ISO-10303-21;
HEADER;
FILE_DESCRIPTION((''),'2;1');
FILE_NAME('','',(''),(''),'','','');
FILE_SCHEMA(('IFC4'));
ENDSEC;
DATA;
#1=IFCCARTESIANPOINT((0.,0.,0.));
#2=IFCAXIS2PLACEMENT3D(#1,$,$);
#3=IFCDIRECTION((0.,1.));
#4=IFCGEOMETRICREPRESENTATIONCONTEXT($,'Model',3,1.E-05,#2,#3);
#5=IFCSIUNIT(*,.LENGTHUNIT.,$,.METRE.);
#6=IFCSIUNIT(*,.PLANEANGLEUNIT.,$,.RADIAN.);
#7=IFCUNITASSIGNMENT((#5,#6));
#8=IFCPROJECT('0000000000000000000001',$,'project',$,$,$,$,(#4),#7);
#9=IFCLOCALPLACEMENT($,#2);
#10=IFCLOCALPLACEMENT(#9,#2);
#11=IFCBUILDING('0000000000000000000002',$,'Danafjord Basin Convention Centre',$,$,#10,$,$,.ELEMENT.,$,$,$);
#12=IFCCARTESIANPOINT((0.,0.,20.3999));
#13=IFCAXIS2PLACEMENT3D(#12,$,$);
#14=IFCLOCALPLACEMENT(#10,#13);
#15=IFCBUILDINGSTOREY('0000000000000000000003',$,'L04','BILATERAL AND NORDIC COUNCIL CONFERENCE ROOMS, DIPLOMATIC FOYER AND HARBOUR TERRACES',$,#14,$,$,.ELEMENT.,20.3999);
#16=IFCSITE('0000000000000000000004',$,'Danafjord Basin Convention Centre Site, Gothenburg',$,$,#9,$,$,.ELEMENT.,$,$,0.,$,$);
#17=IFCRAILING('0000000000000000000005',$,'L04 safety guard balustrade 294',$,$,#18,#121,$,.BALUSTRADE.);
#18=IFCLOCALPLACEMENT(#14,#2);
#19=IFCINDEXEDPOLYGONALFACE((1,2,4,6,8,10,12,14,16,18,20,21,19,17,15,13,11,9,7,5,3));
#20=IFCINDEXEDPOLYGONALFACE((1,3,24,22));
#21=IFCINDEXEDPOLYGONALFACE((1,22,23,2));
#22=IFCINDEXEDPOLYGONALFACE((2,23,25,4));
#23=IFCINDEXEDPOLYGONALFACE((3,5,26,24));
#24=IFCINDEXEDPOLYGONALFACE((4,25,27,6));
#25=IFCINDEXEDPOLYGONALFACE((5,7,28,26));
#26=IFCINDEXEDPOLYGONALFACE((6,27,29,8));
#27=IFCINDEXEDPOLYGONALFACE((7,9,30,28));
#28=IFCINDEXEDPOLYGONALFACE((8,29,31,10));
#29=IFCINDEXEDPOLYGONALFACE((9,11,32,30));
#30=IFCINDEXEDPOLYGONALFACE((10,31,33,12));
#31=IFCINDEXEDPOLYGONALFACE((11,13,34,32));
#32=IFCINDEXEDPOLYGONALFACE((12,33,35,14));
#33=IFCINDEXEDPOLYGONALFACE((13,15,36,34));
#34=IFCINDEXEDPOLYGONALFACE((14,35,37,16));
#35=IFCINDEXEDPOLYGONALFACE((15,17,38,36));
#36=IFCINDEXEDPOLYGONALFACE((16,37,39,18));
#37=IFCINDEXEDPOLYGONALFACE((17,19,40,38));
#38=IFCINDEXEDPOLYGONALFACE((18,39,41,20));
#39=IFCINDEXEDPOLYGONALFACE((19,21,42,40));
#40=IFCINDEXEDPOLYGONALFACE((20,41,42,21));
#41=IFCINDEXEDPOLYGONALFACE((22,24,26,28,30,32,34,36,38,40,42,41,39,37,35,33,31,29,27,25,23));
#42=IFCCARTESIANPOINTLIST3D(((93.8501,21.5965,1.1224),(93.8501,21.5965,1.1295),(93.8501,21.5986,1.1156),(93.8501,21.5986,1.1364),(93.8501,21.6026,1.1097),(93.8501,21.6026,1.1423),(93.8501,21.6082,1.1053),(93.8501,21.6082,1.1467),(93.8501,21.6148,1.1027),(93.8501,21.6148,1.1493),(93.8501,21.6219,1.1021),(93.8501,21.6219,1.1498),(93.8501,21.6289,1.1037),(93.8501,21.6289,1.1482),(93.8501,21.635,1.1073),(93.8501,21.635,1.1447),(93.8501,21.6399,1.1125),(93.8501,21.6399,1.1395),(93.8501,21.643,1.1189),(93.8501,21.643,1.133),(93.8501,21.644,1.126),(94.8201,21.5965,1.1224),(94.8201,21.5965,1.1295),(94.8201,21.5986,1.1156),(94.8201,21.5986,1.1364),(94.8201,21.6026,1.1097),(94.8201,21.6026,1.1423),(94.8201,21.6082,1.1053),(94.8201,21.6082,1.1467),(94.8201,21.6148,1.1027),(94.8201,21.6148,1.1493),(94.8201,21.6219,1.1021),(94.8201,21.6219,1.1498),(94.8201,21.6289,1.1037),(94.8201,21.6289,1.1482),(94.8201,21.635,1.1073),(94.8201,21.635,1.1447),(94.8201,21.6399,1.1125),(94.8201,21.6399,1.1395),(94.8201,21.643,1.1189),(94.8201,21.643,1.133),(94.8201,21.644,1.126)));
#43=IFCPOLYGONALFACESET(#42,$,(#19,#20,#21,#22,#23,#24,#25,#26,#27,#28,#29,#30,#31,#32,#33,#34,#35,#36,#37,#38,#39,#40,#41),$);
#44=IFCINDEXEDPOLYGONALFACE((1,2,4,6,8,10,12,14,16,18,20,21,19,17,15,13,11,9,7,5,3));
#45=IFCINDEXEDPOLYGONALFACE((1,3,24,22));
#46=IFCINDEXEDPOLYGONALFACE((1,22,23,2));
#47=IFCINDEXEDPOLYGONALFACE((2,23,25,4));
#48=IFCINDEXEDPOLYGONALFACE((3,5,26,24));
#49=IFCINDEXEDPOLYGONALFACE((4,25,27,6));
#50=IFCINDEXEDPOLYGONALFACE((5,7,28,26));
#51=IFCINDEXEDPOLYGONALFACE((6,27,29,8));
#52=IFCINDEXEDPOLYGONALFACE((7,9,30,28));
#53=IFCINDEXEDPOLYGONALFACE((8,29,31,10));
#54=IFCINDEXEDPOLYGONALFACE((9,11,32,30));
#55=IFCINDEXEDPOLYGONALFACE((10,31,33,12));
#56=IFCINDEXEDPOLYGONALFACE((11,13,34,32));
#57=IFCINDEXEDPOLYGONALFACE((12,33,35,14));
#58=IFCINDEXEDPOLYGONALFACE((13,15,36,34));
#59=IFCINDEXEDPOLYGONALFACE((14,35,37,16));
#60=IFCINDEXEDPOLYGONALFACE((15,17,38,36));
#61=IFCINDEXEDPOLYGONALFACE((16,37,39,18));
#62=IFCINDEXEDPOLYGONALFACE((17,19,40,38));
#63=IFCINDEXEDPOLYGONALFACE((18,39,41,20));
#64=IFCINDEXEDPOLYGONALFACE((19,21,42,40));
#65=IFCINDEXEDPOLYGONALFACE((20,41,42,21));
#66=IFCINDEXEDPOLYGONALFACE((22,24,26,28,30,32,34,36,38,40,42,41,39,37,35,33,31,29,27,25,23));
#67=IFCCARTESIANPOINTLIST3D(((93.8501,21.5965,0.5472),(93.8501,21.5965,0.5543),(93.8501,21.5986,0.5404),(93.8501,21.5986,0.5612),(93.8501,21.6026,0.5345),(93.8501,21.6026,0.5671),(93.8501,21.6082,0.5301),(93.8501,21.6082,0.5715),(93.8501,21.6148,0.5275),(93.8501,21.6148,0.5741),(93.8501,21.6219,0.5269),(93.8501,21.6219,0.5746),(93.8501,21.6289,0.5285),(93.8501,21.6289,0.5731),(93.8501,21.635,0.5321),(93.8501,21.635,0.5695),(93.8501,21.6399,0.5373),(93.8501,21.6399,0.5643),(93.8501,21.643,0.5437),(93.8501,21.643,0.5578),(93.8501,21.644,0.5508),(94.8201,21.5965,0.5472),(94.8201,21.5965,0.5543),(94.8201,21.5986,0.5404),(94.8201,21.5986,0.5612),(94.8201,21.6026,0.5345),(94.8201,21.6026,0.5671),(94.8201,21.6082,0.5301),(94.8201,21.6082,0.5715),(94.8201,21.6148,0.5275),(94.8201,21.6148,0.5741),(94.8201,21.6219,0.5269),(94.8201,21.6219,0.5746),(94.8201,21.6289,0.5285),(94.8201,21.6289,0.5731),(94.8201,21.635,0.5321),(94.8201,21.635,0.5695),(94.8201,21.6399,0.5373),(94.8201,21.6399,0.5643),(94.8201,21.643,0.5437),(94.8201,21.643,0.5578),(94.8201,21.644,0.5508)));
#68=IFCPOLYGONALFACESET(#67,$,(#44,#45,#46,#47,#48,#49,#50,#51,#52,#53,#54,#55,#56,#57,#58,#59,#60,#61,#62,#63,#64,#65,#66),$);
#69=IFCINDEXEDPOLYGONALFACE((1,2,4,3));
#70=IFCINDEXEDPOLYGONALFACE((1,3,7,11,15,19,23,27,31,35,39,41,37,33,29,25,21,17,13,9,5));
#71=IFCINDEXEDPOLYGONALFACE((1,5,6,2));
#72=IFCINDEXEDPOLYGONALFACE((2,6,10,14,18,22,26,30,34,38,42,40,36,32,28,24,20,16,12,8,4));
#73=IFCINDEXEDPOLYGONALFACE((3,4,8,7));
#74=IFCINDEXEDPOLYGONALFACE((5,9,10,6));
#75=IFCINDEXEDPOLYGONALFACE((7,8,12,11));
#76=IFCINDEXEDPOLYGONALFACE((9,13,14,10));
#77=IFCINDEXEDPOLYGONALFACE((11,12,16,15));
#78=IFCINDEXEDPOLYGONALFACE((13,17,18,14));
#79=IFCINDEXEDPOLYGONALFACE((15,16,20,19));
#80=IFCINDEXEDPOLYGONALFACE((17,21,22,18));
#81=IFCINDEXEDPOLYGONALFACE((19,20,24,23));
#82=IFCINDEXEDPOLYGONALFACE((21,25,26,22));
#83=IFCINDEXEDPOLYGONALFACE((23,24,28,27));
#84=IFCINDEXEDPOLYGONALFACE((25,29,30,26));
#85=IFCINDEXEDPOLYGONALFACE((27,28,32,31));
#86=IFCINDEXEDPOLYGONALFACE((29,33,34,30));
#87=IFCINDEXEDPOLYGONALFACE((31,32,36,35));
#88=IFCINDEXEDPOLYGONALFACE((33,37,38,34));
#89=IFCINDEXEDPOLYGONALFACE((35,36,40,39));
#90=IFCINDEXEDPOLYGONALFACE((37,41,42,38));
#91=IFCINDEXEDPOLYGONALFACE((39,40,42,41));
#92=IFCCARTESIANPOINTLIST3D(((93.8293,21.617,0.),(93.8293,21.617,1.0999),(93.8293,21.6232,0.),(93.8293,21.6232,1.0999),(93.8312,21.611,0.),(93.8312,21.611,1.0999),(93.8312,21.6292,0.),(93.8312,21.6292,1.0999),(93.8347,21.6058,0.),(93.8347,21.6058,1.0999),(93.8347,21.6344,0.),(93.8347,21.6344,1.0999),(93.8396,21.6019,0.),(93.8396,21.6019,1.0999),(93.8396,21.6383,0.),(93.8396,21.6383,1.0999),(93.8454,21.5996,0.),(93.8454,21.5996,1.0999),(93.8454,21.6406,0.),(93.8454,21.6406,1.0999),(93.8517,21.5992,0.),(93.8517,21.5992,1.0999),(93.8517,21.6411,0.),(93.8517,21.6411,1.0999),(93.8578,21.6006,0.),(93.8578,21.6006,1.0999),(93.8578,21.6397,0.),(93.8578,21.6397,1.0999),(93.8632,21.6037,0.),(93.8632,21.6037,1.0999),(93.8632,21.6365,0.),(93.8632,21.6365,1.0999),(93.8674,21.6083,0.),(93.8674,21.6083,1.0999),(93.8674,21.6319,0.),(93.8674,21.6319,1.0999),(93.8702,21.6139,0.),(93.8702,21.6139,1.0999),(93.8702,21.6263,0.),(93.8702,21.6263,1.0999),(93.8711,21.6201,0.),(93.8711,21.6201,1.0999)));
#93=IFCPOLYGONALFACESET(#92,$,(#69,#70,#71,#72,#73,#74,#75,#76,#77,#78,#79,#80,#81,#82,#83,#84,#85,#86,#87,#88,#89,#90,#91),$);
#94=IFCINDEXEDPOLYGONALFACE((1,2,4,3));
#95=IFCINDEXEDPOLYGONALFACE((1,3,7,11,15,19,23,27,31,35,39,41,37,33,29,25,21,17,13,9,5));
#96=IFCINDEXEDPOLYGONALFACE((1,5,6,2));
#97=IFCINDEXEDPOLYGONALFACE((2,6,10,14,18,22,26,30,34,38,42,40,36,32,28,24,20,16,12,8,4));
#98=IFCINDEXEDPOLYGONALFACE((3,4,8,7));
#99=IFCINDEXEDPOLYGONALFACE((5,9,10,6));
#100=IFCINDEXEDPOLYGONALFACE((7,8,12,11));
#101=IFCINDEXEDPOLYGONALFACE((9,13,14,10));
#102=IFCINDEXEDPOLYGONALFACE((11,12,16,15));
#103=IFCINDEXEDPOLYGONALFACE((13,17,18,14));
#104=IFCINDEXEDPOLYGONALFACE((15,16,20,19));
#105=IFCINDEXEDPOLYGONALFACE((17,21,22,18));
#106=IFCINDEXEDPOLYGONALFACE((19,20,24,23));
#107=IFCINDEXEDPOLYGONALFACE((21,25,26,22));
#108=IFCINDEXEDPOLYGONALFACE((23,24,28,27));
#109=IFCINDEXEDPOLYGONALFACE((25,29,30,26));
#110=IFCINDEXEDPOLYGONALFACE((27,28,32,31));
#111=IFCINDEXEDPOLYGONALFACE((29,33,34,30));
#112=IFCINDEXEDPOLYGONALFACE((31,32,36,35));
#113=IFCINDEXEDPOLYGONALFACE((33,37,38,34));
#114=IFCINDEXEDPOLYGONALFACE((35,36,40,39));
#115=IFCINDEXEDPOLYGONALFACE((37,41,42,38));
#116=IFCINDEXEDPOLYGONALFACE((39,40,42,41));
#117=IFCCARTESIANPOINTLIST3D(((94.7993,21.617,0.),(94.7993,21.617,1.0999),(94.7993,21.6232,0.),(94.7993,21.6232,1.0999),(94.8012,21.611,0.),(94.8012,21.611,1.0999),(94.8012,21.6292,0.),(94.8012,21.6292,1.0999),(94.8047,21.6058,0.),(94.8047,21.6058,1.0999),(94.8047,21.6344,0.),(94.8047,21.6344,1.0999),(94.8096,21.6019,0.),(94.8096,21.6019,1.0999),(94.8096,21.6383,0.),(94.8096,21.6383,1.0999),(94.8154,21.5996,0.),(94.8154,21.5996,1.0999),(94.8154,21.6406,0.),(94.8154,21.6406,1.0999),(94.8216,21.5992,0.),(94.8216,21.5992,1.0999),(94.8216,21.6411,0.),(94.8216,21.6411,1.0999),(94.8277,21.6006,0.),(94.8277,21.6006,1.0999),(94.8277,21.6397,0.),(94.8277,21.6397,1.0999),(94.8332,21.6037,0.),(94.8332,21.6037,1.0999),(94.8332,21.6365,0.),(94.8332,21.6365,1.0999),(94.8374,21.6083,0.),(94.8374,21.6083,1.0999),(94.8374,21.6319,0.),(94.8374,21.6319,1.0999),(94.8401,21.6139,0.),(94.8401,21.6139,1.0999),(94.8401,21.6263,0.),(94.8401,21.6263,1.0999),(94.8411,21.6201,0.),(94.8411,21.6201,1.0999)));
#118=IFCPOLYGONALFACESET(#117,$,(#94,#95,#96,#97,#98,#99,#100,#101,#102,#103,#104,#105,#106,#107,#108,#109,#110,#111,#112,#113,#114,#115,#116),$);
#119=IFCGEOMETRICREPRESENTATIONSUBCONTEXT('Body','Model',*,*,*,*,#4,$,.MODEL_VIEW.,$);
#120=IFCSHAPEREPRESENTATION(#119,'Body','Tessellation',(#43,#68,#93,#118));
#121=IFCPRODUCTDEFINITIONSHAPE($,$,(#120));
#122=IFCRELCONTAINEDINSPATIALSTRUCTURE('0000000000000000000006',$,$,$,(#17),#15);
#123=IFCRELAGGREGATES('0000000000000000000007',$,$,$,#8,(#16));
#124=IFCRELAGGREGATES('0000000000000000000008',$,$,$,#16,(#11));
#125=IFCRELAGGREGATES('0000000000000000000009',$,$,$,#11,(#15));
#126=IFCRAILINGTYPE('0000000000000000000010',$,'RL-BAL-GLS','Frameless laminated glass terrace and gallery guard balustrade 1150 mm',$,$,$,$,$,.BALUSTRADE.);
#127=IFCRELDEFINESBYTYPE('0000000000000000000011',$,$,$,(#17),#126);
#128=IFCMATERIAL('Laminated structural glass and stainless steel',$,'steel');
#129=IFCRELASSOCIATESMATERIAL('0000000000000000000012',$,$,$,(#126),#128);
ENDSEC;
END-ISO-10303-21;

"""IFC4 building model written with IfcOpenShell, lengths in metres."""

from ifc_helpers import new_model, si_unit, direction, frame, origin, origin_2d, place, context, subcontext, project, spatial, circle, extrude, material, type_object, element, save


model = new_model("IFC4")

# Units and contexts
model_context = context("Model", 3, precision=1e-05, world=origin(), true_north=direction((0.0, 1.0)))
body_context = subcontext(model_context, "Body", "Model", "MODEL_VIEW")
ifc_project = project(units=[si_unit("LENGTHUNIT", "METRE"), si_unit("PLANEANGLEUNIT", "RADIAN")], contexts=[model_context])

# Site, building, storey
site_placement = place(None, origin())
site = spatial("IfcSite", under=ifc_project, at=site_placement, Name="Danafjord Basin Convention Centre Site, Gothenburg", CompositionType="ELEMENT", RefElevation=0.0)
building_placement = place(site_placement, origin())
building = spatial("IfcBuilding", under=site, at=building_placement, Name="Danafjord Basin Convention Centre", CompositionType="ELEMENT")
storey_placement = place(building_placement, frame((0.0, 0.0, 20.3999)))
storey = spatial("IfcBuildingStorey", under=building, at=storey_placement, Name="L04", Description="BILATERAL AND NORDIC COUNCIL CONFERENCE ROOMS, DIPLOMATIC FOYER AND HARBOUR TERRACES", CompositionType="ELEMENT", Elevation=20.3999)

# Railing
ifc_material_1 = material(Name="Laminated structural glass and stainless steel", Category="steel")
railing_type_1 = type_object("IfcRailingType", Name="RL-BAL-GLS", Description="Frameless laminated glass terrace and gallery guard balustrade 1150 mm", PredefinedType="BALUSTRADE", material=ifc_material_1)
railing_1_placement = place(storey_placement, frame((93.8501, 21.6201, 0.0)))
element("IfcRailing", 1, at=railing_1_placement, inside=storey, type_object=railing_type_1, Name="L04 safety guard balustrade 294", PredefinedType="BALUSTRADE", context=body_context, shape_type="SweptSolid", body=[
    extrude(circle(Radius=0.0239, at=origin_2d()), frame((0.0, 0.0, 1.126), z_axis=(1.0, 0.0, 0.0), x_axis=(0.0, 1.0, 0.0)), (0.0, 0.0, 1.0), 0.97),
    extrude(circle(Radius=0.0239, at=origin_2d()), frame((0.0, 0.0, 0.5508), z_axis=(1.0, 0.0, 0.0), x_axis=(0.0, 1.0, 0.0)), (0.0, 0.0, 1.0), 0.97),
    extrude(circle(Radius=0.021, at=origin_2d()), origin(), (0.0, 0.0, 1.0), 1.0999),
    extrude(circle(Radius=0.021, at=origin_2d()), frame((0.97, 0.0, 0.0)), (0.0, 0.0, 1.0), 1.0999),
])

save(model, "model.ifc")
